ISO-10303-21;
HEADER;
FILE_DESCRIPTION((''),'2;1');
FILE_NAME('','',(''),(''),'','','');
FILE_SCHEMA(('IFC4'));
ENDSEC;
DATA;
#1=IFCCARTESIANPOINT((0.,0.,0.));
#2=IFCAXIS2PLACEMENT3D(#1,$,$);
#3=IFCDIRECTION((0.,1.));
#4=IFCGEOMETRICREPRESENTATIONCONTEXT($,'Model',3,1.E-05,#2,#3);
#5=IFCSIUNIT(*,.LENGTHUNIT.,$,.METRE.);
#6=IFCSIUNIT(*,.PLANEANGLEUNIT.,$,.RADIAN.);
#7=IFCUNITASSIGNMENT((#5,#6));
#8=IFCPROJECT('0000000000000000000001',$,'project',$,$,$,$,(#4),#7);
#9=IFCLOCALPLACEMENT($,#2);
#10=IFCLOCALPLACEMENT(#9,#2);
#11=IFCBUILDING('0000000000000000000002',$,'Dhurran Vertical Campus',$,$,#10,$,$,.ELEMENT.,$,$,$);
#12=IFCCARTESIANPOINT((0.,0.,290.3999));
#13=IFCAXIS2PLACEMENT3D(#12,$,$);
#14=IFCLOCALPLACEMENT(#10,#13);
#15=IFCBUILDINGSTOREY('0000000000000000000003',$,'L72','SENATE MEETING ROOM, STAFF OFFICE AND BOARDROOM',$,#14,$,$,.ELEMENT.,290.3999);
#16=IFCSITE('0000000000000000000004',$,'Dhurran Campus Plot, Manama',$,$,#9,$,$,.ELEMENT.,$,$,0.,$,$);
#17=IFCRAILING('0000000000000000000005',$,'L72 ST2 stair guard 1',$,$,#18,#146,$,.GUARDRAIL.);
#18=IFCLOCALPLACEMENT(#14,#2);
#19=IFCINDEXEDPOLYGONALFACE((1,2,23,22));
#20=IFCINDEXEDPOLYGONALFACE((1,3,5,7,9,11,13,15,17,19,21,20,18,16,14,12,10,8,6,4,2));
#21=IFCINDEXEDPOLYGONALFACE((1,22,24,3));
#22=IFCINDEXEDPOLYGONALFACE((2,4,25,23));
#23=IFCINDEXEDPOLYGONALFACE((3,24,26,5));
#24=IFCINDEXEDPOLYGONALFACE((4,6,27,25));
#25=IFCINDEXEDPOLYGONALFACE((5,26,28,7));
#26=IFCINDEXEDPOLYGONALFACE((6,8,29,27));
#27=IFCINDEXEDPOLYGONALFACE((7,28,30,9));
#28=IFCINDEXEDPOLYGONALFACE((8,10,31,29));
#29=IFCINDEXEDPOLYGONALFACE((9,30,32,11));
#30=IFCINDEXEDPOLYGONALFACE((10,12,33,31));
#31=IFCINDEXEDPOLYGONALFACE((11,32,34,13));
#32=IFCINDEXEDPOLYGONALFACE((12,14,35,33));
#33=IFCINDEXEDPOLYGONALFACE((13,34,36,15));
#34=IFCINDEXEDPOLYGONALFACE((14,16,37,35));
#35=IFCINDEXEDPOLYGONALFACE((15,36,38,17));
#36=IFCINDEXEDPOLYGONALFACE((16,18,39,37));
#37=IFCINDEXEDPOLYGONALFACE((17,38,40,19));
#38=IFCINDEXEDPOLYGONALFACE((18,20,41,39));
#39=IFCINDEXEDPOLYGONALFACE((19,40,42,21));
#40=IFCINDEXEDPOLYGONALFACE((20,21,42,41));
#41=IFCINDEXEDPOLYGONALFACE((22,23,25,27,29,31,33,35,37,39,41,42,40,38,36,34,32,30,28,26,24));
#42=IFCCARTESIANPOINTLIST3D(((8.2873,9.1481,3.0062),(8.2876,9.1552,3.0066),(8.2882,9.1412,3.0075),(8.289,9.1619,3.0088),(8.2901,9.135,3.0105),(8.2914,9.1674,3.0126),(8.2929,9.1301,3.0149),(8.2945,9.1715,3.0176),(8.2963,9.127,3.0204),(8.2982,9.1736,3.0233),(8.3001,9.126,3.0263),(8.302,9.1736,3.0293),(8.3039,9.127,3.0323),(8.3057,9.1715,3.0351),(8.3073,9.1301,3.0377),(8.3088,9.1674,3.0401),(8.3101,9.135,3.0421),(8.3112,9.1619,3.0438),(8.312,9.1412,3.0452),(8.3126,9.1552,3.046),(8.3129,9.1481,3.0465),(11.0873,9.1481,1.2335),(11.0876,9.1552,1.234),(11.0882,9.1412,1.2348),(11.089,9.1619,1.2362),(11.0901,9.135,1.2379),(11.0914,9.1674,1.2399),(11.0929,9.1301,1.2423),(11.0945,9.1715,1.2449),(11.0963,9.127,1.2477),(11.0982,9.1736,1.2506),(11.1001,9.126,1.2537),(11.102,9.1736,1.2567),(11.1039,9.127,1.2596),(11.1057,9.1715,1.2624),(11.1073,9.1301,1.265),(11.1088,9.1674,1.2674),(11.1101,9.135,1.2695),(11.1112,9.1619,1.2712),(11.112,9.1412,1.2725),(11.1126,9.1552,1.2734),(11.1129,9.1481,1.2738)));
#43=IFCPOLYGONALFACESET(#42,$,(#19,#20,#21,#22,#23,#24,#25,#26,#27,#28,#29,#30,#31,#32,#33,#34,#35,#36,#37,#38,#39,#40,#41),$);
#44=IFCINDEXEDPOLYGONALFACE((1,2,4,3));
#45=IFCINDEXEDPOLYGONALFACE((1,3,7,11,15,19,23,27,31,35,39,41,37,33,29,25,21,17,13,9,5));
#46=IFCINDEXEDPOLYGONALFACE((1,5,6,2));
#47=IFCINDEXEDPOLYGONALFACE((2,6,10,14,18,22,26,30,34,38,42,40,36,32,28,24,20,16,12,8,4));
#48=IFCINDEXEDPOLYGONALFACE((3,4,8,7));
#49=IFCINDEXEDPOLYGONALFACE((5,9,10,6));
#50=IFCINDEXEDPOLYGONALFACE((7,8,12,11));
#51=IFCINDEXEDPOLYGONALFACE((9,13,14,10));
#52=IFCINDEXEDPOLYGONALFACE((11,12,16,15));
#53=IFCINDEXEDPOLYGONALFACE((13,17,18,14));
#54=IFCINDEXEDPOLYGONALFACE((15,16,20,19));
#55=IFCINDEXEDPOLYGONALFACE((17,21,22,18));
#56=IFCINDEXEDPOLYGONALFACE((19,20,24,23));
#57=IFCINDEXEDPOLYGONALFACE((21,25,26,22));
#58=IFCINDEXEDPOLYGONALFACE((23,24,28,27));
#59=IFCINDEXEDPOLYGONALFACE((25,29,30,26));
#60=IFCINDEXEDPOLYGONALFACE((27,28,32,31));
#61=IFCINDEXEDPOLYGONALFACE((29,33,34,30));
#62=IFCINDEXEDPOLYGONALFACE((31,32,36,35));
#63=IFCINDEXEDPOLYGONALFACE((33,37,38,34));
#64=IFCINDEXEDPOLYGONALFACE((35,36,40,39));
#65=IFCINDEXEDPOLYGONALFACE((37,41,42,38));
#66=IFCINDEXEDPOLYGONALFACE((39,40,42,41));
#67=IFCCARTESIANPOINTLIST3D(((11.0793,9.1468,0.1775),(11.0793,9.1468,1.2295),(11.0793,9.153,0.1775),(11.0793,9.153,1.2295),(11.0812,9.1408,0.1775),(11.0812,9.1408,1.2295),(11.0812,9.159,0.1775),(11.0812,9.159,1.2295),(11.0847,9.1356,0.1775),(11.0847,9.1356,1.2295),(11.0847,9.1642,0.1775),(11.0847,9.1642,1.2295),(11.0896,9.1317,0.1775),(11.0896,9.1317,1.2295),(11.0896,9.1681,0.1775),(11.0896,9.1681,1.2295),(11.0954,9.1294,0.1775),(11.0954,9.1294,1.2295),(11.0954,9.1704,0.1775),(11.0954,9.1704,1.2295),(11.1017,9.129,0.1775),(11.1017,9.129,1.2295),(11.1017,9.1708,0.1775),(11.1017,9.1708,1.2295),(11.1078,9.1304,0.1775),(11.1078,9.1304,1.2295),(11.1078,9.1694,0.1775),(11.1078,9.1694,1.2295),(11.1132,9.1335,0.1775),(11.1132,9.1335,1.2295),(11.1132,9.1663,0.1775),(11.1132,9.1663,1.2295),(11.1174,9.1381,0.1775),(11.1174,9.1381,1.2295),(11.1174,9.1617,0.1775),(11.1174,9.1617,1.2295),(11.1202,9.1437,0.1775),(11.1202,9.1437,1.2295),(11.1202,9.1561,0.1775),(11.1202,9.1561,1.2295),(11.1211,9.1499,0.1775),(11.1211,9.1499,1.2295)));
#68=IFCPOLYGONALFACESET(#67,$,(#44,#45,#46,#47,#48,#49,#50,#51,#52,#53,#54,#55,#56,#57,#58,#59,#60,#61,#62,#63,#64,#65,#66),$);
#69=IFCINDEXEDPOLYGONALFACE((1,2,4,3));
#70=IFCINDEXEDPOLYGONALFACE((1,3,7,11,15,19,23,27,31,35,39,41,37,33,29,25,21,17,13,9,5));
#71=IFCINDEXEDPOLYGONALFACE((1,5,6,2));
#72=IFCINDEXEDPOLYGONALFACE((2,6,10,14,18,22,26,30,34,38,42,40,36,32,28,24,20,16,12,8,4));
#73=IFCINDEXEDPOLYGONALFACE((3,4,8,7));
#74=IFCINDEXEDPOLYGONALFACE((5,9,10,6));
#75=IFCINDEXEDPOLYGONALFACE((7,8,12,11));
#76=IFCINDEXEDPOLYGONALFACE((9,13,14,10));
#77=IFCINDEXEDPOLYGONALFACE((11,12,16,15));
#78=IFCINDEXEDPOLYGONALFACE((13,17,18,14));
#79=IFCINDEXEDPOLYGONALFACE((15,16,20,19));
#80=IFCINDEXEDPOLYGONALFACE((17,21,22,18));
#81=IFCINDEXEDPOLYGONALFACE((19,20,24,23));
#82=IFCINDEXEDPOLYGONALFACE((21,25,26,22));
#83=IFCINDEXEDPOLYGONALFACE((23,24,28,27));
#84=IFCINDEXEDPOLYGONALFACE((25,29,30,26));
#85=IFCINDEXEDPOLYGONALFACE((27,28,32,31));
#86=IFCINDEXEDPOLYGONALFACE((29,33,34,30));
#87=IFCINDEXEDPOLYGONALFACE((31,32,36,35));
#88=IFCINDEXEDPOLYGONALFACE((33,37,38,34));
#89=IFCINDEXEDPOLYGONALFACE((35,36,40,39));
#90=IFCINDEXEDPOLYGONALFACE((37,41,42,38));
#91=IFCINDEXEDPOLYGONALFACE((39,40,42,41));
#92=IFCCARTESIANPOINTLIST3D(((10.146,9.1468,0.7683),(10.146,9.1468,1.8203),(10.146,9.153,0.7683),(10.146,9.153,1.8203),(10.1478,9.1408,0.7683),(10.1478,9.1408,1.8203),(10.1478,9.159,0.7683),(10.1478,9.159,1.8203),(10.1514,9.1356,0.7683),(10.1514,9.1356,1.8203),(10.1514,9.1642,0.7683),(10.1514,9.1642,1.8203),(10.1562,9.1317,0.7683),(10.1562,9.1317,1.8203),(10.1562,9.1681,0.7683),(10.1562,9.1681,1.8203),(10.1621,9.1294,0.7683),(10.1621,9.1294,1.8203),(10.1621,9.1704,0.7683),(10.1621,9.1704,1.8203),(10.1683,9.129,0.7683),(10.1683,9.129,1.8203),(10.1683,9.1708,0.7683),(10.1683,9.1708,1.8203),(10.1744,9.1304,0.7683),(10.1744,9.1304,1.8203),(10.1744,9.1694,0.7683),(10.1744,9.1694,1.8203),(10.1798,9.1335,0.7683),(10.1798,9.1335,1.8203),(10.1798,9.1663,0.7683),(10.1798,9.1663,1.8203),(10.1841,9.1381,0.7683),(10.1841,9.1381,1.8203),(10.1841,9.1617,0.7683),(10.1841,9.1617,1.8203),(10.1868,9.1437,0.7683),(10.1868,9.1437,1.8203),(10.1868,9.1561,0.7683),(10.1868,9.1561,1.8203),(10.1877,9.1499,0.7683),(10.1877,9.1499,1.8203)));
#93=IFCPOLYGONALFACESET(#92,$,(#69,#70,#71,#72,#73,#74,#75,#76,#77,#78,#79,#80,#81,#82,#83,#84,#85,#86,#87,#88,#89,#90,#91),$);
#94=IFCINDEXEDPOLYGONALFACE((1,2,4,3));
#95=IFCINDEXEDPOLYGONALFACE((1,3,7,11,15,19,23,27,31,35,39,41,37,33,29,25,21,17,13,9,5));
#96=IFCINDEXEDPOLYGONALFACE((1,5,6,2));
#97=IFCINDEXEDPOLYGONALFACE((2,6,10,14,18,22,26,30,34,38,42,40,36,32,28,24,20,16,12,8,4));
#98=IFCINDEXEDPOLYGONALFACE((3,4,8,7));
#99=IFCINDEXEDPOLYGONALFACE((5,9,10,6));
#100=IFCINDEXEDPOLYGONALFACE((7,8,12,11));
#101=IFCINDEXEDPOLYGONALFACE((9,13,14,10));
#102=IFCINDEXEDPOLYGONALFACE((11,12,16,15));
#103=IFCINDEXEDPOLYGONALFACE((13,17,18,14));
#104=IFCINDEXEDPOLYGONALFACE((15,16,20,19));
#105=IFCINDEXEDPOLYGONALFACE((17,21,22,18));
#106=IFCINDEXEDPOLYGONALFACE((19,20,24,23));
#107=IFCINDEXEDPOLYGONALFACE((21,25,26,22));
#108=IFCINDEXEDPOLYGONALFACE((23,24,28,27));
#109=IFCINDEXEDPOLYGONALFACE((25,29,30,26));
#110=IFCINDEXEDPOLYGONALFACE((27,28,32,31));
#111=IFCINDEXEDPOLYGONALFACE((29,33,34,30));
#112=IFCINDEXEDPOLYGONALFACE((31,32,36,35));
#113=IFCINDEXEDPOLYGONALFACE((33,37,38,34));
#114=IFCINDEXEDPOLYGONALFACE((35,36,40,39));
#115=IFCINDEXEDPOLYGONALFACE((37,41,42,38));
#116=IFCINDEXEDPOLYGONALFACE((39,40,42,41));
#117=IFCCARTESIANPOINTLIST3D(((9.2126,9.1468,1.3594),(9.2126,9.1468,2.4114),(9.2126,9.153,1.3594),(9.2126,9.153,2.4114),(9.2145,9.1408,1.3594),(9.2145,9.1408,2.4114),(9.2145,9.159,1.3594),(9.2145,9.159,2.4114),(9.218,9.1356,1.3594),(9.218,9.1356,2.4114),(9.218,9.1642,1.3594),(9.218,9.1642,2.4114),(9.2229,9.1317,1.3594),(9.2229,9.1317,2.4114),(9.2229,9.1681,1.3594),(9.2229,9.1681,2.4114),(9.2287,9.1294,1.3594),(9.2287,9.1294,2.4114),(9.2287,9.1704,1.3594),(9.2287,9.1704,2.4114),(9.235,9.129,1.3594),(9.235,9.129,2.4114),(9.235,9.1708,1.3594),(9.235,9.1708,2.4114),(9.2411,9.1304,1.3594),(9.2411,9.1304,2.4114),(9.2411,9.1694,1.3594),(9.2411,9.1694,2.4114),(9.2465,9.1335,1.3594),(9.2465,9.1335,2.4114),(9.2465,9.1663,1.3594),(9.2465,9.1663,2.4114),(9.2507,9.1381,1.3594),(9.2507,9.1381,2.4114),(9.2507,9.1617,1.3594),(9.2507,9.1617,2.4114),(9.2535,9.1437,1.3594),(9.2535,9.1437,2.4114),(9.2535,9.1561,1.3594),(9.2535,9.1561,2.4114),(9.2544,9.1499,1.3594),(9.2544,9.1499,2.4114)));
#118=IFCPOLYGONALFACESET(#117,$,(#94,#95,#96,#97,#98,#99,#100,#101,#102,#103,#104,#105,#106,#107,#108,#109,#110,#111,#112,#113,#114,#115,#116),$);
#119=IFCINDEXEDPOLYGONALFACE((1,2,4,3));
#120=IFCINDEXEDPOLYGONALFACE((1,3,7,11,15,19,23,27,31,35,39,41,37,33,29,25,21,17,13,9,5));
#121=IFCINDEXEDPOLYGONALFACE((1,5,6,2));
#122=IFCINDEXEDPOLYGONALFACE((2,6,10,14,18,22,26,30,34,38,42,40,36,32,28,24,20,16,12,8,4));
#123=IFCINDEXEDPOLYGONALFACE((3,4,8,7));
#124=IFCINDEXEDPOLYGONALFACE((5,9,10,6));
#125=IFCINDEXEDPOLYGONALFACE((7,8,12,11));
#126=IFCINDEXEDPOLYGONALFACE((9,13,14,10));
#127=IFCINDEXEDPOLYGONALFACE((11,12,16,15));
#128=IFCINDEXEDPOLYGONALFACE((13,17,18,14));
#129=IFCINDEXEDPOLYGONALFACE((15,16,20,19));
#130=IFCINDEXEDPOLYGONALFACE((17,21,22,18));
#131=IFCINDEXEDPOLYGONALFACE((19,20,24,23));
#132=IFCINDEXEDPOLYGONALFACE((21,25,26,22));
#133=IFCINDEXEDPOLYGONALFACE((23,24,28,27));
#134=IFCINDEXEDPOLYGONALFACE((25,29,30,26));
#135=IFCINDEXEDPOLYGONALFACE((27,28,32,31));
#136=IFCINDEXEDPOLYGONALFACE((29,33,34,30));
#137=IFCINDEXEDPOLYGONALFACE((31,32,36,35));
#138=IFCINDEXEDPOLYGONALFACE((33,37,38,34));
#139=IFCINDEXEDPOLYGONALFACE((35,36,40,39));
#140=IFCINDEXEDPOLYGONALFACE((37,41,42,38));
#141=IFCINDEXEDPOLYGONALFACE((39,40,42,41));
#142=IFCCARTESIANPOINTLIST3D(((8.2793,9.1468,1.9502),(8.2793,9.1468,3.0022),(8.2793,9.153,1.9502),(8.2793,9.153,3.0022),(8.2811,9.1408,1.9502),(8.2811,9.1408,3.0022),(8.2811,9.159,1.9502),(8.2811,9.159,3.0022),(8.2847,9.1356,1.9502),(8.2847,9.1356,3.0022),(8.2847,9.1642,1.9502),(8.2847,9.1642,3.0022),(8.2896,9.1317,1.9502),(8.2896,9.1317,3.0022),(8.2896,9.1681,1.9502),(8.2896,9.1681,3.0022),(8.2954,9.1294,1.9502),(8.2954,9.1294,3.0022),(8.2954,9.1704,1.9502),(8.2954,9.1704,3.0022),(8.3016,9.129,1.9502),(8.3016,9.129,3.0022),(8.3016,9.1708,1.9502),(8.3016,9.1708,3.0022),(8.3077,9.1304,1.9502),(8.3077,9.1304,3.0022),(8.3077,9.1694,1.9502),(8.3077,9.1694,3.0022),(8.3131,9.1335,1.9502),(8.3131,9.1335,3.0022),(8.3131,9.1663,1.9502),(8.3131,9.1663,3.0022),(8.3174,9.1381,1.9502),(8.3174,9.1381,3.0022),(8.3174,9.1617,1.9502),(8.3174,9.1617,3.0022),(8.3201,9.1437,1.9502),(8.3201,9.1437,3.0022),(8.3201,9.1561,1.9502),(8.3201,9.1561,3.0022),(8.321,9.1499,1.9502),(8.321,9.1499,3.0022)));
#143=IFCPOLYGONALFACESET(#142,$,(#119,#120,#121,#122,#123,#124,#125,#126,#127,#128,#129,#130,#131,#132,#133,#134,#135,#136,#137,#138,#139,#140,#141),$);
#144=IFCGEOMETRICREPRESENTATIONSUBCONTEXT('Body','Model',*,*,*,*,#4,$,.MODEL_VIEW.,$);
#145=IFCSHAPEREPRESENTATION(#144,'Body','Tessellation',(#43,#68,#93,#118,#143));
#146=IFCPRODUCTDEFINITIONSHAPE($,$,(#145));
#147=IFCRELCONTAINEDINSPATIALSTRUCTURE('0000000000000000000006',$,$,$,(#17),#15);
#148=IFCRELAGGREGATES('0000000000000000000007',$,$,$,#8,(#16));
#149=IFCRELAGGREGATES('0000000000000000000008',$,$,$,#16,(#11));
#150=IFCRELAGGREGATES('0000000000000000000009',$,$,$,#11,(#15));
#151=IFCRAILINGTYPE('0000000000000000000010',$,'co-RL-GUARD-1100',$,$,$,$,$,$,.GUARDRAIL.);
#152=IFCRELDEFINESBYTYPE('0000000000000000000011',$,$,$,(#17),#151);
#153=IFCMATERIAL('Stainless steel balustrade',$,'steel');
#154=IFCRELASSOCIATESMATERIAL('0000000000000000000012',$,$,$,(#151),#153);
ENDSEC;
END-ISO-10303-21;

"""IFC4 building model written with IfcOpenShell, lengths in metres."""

from ifc_helpers import new_model, si_unit, direction, frame, origin, origin_2d, place, context, subcontext, project, spatial, circle, extrude, material, type_object, element, save


model = new_model("IFC4")

# Units and contexts
model_context = context("Model", 3, precision=1e-05, world=origin(), true_north=direction((0.0, 1.0)))
body_context = subcontext(model_context, "Body", "Model", "MODEL_VIEW")
ifc_project = project(units=[si_unit("LENGTHUNIT", "METRE"), si_unit("PLANEANGLEUNIT", "RADIAN")], contexts=[model_context])

# Site, building, storey
site_placement = place(None, origin())
site = spatial("IfcSite", under=ifc_project, at=site_placement, Name="Dhurran Campus Plot, Manama", CompositionType="ELEMENT", RefElevation=0.0)
building_placement = place(site_placement, origin())
building = spatial("IfcBuilding", under=site, at=building_placement, Name="Dhurran Vertical Campus", CompositionType="ELEMENT")
storey_placement = place(building_placement, frame((0.0, 0.0, 290.3999)))
storey = spatial("IfcBuildingStorey", under=building, at=storey_placement, Name="L72", Description="SENATE MEETING ROOM, STAFF OFFICE AND BOARDROOM", CompositionType="ELEMENT", Elevation=290.3999)

# Railing
ifc_material_1 = material(Name="Stainless steel balustrade", Category="steel")
railing_type_1 = type_object("IfcRailingType", Name="co-RL-GUARD-1100", PredefinedType="GUARDRAIL", material=ifc_material_1)
railing_1_placement = place(storey_placement, frame((11.1001, 9.1499, 0.1775)))
element("IfcRailing", 1, at=railing_1_placement, inside=storey, type_object=railing_type_1, Name="L72 ST2 stair guard 1", PredefinedType="GUARDRAIL", context=body_context, shape_type="SweptSolid", body=[
    extrude(circle(Radius=0.0239, at=origin_2d()), frame((0.0, 0.0, 1.0762), z_axis=(-0.844909, 0.0, 0.53491), x_axis=(0.0, -1.0, 0.0)), (0.0, 0.0, 1.0), 3.314),
    extrude(circle(Radius=0.021, at=origin_2d()), origin(), (0.0, 0.0, 1.0), 1.052),
    extrude(circle(Radius=0.021, at=origin_2d()), frame((-0.9333, 0.0, 0.5908)), (0.0, 0.0, 1.0), 1.052),
    extrude(circle(Radius=0.021, at=origin_2d()), frame((-1.8667, 0.0, 1.1819)), (0.0, 0.0, 1.0), 1.052),
    extrude(circle(Radius=0.021, at=origin_2d()), frame((-2.8, 0.0, 1.7727)), (0.0, 0.0, 1.0), 1.052),
])

save(model, "model.ifc")
